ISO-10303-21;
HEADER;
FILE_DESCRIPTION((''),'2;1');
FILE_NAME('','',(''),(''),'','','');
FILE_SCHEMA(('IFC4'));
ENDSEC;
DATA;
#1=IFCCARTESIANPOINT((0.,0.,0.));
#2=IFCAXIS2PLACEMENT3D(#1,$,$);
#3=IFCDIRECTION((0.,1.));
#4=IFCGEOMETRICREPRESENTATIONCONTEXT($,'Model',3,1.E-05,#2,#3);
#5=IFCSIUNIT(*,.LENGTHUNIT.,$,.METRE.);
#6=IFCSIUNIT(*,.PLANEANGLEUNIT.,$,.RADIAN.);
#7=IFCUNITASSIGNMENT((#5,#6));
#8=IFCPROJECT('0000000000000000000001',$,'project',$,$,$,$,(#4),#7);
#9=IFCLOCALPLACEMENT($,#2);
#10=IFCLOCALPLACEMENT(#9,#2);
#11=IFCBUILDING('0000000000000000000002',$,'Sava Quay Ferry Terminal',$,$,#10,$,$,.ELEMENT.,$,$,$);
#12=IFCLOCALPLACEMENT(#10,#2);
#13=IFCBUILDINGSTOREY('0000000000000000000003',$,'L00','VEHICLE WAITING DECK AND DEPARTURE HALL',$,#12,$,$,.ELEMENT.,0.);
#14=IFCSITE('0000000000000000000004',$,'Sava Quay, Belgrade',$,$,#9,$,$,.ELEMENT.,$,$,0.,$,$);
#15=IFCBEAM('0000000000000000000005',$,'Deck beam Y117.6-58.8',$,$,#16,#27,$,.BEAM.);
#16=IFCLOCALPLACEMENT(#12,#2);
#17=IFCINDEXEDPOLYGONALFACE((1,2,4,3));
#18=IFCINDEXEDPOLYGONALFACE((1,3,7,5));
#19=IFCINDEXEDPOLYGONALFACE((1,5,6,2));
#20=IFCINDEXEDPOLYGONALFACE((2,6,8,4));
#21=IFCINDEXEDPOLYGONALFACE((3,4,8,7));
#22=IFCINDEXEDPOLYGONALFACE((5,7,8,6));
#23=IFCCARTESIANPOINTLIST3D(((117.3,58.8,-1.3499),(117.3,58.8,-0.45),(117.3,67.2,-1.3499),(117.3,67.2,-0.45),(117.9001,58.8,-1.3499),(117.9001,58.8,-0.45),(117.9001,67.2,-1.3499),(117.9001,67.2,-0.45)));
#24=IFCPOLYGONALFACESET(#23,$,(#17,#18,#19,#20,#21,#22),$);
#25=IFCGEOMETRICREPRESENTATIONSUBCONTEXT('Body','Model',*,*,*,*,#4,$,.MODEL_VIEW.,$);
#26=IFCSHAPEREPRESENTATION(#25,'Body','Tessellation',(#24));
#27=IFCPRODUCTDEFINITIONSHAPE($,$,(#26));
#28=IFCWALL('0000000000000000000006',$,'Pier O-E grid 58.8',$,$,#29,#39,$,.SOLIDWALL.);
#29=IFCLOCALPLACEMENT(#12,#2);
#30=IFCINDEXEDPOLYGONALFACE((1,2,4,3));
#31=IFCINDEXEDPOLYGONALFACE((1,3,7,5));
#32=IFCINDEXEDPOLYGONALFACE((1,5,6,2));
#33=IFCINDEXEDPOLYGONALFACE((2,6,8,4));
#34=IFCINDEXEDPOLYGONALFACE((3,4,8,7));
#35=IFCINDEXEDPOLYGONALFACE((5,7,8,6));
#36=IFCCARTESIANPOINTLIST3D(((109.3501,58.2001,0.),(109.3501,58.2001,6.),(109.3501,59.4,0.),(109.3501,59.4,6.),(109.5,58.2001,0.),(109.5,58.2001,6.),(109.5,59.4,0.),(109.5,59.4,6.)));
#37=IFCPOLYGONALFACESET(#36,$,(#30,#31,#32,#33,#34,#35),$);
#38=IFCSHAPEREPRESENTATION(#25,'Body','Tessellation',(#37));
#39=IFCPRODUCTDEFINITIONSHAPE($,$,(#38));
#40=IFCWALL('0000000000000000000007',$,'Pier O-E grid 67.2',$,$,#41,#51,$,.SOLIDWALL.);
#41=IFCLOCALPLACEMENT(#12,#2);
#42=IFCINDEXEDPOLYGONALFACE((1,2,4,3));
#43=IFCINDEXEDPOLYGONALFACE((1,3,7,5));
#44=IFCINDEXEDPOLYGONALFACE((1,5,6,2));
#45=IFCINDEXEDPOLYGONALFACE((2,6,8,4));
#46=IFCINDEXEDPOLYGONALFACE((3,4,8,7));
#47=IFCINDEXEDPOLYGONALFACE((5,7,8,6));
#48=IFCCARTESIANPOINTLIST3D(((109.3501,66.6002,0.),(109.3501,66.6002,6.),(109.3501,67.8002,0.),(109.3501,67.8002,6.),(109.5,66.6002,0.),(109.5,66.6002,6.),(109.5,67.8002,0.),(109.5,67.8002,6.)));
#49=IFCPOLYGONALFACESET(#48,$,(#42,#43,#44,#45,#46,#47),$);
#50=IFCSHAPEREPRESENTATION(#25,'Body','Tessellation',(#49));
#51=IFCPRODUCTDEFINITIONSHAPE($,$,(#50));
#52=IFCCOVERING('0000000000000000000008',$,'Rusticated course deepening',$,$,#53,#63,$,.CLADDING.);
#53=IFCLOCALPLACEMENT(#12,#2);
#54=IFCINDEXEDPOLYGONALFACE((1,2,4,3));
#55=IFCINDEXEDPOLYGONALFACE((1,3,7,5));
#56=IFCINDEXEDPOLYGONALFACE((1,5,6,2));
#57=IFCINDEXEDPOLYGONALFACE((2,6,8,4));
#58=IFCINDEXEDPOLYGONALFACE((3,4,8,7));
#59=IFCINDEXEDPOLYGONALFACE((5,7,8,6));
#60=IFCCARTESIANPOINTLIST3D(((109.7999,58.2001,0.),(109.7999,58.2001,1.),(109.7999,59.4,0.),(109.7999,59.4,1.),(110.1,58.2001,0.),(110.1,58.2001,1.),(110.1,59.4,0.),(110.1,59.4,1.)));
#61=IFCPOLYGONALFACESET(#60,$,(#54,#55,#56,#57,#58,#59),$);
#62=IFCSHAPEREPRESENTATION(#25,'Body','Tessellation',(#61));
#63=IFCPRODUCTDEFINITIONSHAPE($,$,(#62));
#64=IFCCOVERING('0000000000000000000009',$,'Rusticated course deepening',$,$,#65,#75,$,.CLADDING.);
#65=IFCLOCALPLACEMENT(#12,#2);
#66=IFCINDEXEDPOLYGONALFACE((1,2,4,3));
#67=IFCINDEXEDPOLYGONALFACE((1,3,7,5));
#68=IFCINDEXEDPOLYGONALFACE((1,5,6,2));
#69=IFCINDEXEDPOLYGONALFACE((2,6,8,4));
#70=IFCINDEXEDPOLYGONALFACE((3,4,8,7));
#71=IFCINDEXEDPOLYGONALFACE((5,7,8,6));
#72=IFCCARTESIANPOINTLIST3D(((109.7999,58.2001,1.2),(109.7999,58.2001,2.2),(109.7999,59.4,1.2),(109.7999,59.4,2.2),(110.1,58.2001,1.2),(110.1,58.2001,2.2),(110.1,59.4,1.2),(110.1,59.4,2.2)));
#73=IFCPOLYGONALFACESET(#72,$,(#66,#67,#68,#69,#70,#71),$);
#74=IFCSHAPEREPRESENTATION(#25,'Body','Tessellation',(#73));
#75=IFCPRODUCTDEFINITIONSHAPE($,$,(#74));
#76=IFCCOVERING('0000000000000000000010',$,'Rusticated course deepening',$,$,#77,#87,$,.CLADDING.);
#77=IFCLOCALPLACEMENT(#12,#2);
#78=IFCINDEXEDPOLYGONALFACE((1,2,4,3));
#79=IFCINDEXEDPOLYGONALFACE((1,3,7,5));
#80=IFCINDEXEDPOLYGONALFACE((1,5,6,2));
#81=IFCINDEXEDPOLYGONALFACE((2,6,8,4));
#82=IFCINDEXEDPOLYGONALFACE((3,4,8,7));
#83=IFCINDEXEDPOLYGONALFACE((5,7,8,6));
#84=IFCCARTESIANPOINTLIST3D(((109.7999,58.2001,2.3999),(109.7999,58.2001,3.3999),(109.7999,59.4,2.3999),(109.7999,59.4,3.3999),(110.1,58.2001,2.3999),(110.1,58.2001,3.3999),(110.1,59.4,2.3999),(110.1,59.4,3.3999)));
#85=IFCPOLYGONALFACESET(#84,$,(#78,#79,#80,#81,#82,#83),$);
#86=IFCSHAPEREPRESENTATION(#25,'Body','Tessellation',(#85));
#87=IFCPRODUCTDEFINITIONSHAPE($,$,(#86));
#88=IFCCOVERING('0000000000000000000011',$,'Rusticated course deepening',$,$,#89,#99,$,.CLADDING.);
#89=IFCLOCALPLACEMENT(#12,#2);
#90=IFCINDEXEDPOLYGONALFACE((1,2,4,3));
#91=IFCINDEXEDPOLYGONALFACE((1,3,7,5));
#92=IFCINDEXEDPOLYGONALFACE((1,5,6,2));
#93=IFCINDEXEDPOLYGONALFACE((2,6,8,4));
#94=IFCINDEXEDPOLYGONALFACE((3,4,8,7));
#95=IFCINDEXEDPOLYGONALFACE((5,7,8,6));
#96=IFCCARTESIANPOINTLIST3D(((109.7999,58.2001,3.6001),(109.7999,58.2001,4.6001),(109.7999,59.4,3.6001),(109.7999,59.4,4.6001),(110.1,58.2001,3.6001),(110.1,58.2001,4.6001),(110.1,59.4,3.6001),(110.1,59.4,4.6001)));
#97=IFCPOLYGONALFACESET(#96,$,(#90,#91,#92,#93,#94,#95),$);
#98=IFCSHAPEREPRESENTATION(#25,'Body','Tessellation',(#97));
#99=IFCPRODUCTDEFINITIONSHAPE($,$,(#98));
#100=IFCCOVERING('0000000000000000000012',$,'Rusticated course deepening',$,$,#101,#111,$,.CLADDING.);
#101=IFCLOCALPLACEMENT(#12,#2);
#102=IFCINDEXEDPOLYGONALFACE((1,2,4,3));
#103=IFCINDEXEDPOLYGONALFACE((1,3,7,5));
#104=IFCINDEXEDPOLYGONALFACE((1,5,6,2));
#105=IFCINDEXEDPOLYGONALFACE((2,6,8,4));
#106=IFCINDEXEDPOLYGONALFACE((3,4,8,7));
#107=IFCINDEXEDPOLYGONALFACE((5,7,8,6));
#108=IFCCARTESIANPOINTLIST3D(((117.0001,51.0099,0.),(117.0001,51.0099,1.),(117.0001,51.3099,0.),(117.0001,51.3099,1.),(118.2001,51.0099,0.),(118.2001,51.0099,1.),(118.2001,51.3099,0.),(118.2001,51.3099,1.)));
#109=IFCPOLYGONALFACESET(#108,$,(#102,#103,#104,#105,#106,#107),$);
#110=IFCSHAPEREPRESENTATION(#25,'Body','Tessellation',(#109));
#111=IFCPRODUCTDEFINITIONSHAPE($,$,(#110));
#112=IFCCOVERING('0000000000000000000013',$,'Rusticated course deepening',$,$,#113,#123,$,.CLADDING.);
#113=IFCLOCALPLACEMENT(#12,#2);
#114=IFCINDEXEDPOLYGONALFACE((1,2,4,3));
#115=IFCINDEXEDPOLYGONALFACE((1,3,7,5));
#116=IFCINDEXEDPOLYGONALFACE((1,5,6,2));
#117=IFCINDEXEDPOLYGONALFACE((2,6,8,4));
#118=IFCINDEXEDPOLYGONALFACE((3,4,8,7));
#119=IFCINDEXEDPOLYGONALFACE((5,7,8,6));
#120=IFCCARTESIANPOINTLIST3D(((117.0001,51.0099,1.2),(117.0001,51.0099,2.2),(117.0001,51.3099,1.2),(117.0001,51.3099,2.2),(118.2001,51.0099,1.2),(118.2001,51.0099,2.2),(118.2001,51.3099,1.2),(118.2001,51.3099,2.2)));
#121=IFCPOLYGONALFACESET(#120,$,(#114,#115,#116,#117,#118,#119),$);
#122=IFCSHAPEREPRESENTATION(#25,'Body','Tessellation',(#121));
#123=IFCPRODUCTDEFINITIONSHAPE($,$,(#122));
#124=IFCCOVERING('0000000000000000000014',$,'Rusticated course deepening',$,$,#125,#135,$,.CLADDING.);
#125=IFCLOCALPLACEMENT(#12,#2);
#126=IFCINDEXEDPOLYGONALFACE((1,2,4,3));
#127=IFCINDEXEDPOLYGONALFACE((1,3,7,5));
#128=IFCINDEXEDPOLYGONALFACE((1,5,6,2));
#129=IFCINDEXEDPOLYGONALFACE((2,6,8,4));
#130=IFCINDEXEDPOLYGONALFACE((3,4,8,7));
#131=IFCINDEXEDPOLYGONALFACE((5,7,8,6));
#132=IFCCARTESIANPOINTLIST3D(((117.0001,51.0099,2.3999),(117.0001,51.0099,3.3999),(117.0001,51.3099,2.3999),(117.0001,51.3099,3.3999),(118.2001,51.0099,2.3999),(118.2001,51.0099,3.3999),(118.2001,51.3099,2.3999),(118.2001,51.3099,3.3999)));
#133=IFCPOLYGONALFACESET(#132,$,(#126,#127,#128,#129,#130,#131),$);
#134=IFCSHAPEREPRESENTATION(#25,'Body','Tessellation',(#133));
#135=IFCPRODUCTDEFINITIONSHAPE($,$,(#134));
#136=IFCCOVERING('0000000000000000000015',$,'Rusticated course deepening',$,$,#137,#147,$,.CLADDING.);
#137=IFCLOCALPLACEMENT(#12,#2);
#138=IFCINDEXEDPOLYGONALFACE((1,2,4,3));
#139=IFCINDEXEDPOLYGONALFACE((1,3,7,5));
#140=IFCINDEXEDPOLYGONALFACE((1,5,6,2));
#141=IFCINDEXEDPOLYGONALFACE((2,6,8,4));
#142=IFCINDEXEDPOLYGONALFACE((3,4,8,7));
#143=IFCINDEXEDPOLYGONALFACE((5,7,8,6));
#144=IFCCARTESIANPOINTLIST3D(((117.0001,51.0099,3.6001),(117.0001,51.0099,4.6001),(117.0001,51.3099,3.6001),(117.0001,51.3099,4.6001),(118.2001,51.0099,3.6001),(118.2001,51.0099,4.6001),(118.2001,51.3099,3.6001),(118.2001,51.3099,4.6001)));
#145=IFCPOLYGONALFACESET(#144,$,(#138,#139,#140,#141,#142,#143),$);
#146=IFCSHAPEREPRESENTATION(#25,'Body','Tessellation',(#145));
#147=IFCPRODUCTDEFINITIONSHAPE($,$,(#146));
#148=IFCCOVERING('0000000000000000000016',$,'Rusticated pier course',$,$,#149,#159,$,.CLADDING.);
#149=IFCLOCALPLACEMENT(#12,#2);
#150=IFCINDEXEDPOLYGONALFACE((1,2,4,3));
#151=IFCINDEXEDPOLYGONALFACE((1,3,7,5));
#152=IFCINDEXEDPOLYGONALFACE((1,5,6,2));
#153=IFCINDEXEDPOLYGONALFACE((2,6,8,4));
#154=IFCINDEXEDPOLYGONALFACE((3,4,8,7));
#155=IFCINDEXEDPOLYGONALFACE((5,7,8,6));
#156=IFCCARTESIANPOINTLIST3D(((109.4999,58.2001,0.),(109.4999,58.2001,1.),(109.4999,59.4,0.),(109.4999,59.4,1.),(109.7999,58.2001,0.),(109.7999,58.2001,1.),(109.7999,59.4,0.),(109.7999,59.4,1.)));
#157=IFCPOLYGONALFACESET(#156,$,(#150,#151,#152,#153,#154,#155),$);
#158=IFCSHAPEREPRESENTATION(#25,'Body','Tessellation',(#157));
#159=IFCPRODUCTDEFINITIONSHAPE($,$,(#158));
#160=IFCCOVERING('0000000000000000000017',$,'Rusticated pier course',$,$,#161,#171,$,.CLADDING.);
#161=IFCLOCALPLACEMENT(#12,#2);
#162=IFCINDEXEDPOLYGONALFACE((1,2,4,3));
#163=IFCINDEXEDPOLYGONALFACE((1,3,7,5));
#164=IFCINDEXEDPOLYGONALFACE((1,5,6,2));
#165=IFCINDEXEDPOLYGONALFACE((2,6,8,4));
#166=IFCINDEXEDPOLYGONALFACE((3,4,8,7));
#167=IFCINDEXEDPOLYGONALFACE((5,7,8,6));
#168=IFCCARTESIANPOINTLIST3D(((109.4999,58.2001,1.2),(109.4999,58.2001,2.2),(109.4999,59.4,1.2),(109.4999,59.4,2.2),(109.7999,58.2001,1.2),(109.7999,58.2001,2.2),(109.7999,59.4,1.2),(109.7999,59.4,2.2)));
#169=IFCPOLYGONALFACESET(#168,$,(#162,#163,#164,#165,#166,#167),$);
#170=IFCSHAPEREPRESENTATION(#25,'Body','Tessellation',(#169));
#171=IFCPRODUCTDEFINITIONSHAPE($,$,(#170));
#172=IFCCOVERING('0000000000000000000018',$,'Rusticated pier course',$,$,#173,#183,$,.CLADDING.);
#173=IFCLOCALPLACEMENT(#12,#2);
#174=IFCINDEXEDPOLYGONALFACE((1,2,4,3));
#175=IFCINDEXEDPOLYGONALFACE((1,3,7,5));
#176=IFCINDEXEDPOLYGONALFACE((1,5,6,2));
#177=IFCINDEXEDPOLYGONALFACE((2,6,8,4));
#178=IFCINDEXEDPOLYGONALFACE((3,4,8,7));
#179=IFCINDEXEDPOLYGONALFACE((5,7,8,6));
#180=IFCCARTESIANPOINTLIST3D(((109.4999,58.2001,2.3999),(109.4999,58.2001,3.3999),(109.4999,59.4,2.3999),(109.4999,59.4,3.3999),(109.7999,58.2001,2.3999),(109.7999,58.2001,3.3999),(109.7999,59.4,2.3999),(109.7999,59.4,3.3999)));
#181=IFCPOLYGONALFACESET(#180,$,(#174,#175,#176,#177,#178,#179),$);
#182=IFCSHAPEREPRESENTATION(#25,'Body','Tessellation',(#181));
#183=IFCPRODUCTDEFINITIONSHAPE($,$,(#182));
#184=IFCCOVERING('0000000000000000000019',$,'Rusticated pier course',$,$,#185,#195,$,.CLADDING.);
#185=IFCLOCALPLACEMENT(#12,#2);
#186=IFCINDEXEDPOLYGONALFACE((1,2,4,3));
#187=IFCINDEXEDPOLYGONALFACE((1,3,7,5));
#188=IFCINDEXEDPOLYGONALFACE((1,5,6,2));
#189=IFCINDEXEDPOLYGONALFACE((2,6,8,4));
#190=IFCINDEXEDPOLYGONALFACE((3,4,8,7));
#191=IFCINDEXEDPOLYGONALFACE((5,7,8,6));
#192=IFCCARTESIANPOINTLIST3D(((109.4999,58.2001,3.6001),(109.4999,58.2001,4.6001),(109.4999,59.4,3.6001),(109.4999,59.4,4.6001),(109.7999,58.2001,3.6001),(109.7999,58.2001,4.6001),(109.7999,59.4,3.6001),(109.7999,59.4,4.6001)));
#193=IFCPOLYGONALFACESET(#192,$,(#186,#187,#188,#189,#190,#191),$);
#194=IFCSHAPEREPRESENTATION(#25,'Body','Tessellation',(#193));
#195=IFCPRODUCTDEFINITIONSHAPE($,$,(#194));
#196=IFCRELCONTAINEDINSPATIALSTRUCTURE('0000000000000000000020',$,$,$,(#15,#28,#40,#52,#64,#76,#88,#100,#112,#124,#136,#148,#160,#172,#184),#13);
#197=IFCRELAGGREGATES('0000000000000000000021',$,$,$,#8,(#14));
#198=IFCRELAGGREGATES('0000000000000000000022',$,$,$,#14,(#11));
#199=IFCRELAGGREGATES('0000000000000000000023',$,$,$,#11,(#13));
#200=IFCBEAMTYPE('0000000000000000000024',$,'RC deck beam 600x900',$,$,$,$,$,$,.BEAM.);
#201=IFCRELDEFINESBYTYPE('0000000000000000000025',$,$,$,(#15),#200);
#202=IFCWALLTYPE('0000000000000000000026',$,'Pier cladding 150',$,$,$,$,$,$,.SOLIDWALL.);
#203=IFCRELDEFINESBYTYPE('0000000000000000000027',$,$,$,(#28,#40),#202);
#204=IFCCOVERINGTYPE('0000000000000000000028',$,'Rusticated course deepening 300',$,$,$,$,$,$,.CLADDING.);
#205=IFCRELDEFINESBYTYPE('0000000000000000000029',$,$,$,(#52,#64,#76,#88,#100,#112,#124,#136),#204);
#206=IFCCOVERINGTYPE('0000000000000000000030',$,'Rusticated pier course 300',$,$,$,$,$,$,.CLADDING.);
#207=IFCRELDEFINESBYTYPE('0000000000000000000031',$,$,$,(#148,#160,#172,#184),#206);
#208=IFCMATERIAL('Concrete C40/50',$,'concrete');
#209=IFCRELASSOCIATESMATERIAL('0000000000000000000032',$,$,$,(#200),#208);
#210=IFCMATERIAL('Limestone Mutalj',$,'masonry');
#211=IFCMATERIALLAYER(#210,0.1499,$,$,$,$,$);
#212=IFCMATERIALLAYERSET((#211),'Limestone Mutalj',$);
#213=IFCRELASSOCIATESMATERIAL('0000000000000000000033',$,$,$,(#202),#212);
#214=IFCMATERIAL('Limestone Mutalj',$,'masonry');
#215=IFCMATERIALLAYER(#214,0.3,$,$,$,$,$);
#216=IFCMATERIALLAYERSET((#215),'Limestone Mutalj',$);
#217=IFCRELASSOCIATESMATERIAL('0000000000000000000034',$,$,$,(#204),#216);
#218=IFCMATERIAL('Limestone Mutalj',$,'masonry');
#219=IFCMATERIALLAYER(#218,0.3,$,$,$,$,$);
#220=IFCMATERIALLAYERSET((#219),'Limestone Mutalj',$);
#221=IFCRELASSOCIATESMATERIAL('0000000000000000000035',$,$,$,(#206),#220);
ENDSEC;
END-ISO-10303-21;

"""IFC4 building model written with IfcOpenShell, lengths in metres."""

from ifc_helpers import new_model, si_unit, direction, frame, frame_2d, origin, origin_2d, place, context, subcontext, project, spatial, rectangle, extrude, material, layer, layer_set, material_profile, profile_set, type_object, element, save


model = new_model("IFC4")

# Units and contexts
model_context = context("Model", 3, precision=1e-05, world=origin(), true_north=direction((0.0, 1.0)))
body_context = subcontext(model_context, "Body", "Model", "MODEL_VIEW")
ifc_project = project(units=[si_unit("LENGTHUNIT", "METRE"), si_unit("PLANEANGLEUNIT", "RADIAN")], contexts=[model_context])

# Site, building, storey
site_placement = place(None, origin())
site = spatial("IfcSite", under=ifc_project, at=site_placement, Name="Sava Quay, Belgrade", CompositionType="ELEMENT", RefElevation=0.0)
building_placement = place(site_placement, origin())
building = spatial("IfcBuilding", under=site, at=building_placement, Name="Sava Quay Ferry Terminal", CompositionType="ELEMENT")
storey_placement = place(building_placement, origin())
storey = spatial("IfcBuildingStorey", under=building, at=storey_placement, Name="L00", Description="VEHICLE WAITING DECK AND DEPARTURE HALL", CompositionType="ELEMENT", Elevation=0.0)

# Beam
ifc_material_1 = material(Name="Concrete C40/50", Category="concrete")
ifc_material_profile_1 = material_profile(ifc_material_1, rectangle(XDim=0.6001, YDim=0.8999, at=origin_2d()), Name="RC 600x900")
ifc_profile_set_1 = profile_set([ifc_material_profile_1], Name="Concrete C40/50")
beam_type_1 = type_object("IfcBeamType", Name="RC deck beam 600x900", PredefinedType="BEAM", material=ifc_profile_set_1)
beam_1_placement = place(storey_placement, frame((117.6001, 58.8, -0.8999), z_axis=(0.0, 1.0, 0.0), x_axis=(-1.0, 0.0, 0.0)))
element("IfcBeam", 1, at=beam_1_placement, inside=storey, type_object=beam_type_1, Name="Deck beam Y117.6-58.8", PredefinedType="BEAM", context=body_context, shape_type="SweptSolid", body=[
    extrude(rectangle(XDim=0.6001, YDim=0.8999, at=origin_2d()), origin(), (0.0, 0.0, 1.0), 8.3999),
])

# Walls
ifc_material_2 = material(Name="Limestone Mutalj", Category="masonry")
ifc_layer_1 = layer(ifc_material_2, 0.1499)
ifc_layer_set_1 = layer_set([ifc_layer_1], Name="Limestone Mutalj")
wall_type = type_object("IfcWallType", Name="Pier cladding 150", PredefinedType="SOLIDWALL", material=ifc_layer_set_1)
for number, where, z_axis, x_axis, name in (
    (2, (109.425, 58.2, 0.0), (0.0, 0.0, 1.0), (0.0, 1.0, 0.0), "Pier O-E grid 58.8"),
    (3, (109.425, 66.6001, 0.0), (0.0, 0.0, 1.0), (0.0, 1.0, 0.0), "Pier O-E grid 67.2"),
):
    element("IfcWall", number, at=place(storey_placement, frame(where, z_axis=z_axis, x_axis=x_axis)), inside=storey, type_object=wall_type, Name=name, PredefinedType="SOLIDWALL", context=body_context, shape_type="SweptSolid", body=[
        extrude(rectangle(XDim=1.2, YDim=0.1499, at=frame_2d((0.6001, 0.0))), origin(), (0.0, 0.0, 1.0), 6.0),
    ])

# Coverings
ifc_material_3 = material(Name="Limestone Mutalj", Category="masonry")
ifc_layer_2 = layer(ifc_material_3, 0.3)
ifc_layer_set_2 = layer_set([ifc_layer_2], Name="Limestone Mutalj")
covering_type_1 = type_object("IfcCoveringType", Name="Rusticated course deepening 300", PredefinedType="CLADDING", material=ifc_layer_set_2)
for number, where, z_axis, x_axis, name in (
    (4, (109.95, 58.8, 0.0), (0.0, 0.0, 1.0), (1.0, 0.0, 0.0), "Rusticated course deepening"),
    (5, (109.95, 58.8, 1.2), (0.0, 0.0, 1.0), (1.0, 0.0, 0.0), "Rusticated course deepening"),
    (6, (109.95, 58.8, 2.3999), (0.0, 0.0, 1.0), (1.0, 0.0, 0.0), "Rusticated course deepening"),
    (7, (109.95, 58.8, 3.6001), (0.0, 0.0, 1.0), (1.0, 0.0, 0.0), "Rusticated course deepening"),
):
    element("IfcCovering", number, at=place(storey_placement, frame(where, z_axis=z_axis, x_axis=x_axis)), inside=storey, type_object=covering_type_1, Name=name, PredefinedType="CLADDING", context=body_context, shape_type="SweptSolid", body=[
        extrude(rectangle(XDim=0.3, YDim=1.2, at=origin_2d()), origin(), (0.0, 0.0, 1.0), 1.0),
    ])
for number, where, z_axis, x_axis, name in (
    (8, (117.6001, 51.1599, 0.0), (0.0, 0.0, 1.0), (1.0, 0.0, 0.0), "Rusticated course deepening"),
    (9, (117.6001, 51.1599, 1.2), (0.0, 0.0, 1.0), (1.0, 0.0, 0.0), "Rusticated course deepening"),
    (10, (117.6001, 51.1599, 2.3999), (0.0, 0.0, 1.0), (1.0, 0.0, 0.0), "Rusticated course deepening"),
    (11, (117.6001, 51.1599, 3.6001), (0.0, 0.0, 1.0), (1.0, 0.0, 0.0), "Rusticated course deepening"),
):
    element("IfcCovering", number, at=place(storey_placement, frame(where, z_axis=z_axis, x_axis=x_axis)), inside=storey, type_object=covering_type_1, Name=name, PredefinedType="CLADDING", context=body_context, shape_type="SweptSolid", body=[
        extrude(rectangle(XDim=1.2, YDim=0.3, at=origin_2d()), origin(), (0.0, 0.0, 1.0), 1.0),
    ])
ifc_material_4 = material(Name="Limestone Mutalj", Category="masonry")
ifc_layer_3 = layer(ifc_material_4, 0.3)
ifc_layer_set_3 = layer_set([ifc_layer_3], Name="Limestone Mutalj")
covering_type_2 = type_object("IfcCoveringType", Name="Rusticated pier course 300", PredefinedType="CLADDING", material=ifc_layer_set_3)
for number, where, z_axis, x_axis, name in (
    (12, (109.6499, 58.8, 0.0), (0.0, 0.0, 1.0), (1.0, 0.0, 0.0), "Rusticated pier course"),
    (13, (109.6499, 58.8, 1.2), (0.0, 0.0, 1.0), (1.0, 0.0, 0.0), "Rusticated pier course"),
    (14, (109.6499, 58.8, 2.3999), (0.0, 0.0, 1.0), (1.0, 0.0, 0.0), "Rusticated pier course"),
    (15, (109.6499, 58.8, 3.6001), (0.0, 0.0, 1.0), (1.0, 0.0, 0.0), "Rusticated pier course"),
):
    element("IfcCovering", number, at=place(storey_placement, frame(where, z_axis=z_axis, x_axis=x_axis)), inside=storey, type_object=covering_type_2, Name=name, PredefinedType="CLADDING", context=body_context, shape_type="SweptSolid", body=[
        extrude(rectangle(XDim=0.3, YDim=1.2, at=origin_2d()), origin(), (0.0, 0.0, 1.0), 1.0),
    ])

save(model, "model.ifc")
